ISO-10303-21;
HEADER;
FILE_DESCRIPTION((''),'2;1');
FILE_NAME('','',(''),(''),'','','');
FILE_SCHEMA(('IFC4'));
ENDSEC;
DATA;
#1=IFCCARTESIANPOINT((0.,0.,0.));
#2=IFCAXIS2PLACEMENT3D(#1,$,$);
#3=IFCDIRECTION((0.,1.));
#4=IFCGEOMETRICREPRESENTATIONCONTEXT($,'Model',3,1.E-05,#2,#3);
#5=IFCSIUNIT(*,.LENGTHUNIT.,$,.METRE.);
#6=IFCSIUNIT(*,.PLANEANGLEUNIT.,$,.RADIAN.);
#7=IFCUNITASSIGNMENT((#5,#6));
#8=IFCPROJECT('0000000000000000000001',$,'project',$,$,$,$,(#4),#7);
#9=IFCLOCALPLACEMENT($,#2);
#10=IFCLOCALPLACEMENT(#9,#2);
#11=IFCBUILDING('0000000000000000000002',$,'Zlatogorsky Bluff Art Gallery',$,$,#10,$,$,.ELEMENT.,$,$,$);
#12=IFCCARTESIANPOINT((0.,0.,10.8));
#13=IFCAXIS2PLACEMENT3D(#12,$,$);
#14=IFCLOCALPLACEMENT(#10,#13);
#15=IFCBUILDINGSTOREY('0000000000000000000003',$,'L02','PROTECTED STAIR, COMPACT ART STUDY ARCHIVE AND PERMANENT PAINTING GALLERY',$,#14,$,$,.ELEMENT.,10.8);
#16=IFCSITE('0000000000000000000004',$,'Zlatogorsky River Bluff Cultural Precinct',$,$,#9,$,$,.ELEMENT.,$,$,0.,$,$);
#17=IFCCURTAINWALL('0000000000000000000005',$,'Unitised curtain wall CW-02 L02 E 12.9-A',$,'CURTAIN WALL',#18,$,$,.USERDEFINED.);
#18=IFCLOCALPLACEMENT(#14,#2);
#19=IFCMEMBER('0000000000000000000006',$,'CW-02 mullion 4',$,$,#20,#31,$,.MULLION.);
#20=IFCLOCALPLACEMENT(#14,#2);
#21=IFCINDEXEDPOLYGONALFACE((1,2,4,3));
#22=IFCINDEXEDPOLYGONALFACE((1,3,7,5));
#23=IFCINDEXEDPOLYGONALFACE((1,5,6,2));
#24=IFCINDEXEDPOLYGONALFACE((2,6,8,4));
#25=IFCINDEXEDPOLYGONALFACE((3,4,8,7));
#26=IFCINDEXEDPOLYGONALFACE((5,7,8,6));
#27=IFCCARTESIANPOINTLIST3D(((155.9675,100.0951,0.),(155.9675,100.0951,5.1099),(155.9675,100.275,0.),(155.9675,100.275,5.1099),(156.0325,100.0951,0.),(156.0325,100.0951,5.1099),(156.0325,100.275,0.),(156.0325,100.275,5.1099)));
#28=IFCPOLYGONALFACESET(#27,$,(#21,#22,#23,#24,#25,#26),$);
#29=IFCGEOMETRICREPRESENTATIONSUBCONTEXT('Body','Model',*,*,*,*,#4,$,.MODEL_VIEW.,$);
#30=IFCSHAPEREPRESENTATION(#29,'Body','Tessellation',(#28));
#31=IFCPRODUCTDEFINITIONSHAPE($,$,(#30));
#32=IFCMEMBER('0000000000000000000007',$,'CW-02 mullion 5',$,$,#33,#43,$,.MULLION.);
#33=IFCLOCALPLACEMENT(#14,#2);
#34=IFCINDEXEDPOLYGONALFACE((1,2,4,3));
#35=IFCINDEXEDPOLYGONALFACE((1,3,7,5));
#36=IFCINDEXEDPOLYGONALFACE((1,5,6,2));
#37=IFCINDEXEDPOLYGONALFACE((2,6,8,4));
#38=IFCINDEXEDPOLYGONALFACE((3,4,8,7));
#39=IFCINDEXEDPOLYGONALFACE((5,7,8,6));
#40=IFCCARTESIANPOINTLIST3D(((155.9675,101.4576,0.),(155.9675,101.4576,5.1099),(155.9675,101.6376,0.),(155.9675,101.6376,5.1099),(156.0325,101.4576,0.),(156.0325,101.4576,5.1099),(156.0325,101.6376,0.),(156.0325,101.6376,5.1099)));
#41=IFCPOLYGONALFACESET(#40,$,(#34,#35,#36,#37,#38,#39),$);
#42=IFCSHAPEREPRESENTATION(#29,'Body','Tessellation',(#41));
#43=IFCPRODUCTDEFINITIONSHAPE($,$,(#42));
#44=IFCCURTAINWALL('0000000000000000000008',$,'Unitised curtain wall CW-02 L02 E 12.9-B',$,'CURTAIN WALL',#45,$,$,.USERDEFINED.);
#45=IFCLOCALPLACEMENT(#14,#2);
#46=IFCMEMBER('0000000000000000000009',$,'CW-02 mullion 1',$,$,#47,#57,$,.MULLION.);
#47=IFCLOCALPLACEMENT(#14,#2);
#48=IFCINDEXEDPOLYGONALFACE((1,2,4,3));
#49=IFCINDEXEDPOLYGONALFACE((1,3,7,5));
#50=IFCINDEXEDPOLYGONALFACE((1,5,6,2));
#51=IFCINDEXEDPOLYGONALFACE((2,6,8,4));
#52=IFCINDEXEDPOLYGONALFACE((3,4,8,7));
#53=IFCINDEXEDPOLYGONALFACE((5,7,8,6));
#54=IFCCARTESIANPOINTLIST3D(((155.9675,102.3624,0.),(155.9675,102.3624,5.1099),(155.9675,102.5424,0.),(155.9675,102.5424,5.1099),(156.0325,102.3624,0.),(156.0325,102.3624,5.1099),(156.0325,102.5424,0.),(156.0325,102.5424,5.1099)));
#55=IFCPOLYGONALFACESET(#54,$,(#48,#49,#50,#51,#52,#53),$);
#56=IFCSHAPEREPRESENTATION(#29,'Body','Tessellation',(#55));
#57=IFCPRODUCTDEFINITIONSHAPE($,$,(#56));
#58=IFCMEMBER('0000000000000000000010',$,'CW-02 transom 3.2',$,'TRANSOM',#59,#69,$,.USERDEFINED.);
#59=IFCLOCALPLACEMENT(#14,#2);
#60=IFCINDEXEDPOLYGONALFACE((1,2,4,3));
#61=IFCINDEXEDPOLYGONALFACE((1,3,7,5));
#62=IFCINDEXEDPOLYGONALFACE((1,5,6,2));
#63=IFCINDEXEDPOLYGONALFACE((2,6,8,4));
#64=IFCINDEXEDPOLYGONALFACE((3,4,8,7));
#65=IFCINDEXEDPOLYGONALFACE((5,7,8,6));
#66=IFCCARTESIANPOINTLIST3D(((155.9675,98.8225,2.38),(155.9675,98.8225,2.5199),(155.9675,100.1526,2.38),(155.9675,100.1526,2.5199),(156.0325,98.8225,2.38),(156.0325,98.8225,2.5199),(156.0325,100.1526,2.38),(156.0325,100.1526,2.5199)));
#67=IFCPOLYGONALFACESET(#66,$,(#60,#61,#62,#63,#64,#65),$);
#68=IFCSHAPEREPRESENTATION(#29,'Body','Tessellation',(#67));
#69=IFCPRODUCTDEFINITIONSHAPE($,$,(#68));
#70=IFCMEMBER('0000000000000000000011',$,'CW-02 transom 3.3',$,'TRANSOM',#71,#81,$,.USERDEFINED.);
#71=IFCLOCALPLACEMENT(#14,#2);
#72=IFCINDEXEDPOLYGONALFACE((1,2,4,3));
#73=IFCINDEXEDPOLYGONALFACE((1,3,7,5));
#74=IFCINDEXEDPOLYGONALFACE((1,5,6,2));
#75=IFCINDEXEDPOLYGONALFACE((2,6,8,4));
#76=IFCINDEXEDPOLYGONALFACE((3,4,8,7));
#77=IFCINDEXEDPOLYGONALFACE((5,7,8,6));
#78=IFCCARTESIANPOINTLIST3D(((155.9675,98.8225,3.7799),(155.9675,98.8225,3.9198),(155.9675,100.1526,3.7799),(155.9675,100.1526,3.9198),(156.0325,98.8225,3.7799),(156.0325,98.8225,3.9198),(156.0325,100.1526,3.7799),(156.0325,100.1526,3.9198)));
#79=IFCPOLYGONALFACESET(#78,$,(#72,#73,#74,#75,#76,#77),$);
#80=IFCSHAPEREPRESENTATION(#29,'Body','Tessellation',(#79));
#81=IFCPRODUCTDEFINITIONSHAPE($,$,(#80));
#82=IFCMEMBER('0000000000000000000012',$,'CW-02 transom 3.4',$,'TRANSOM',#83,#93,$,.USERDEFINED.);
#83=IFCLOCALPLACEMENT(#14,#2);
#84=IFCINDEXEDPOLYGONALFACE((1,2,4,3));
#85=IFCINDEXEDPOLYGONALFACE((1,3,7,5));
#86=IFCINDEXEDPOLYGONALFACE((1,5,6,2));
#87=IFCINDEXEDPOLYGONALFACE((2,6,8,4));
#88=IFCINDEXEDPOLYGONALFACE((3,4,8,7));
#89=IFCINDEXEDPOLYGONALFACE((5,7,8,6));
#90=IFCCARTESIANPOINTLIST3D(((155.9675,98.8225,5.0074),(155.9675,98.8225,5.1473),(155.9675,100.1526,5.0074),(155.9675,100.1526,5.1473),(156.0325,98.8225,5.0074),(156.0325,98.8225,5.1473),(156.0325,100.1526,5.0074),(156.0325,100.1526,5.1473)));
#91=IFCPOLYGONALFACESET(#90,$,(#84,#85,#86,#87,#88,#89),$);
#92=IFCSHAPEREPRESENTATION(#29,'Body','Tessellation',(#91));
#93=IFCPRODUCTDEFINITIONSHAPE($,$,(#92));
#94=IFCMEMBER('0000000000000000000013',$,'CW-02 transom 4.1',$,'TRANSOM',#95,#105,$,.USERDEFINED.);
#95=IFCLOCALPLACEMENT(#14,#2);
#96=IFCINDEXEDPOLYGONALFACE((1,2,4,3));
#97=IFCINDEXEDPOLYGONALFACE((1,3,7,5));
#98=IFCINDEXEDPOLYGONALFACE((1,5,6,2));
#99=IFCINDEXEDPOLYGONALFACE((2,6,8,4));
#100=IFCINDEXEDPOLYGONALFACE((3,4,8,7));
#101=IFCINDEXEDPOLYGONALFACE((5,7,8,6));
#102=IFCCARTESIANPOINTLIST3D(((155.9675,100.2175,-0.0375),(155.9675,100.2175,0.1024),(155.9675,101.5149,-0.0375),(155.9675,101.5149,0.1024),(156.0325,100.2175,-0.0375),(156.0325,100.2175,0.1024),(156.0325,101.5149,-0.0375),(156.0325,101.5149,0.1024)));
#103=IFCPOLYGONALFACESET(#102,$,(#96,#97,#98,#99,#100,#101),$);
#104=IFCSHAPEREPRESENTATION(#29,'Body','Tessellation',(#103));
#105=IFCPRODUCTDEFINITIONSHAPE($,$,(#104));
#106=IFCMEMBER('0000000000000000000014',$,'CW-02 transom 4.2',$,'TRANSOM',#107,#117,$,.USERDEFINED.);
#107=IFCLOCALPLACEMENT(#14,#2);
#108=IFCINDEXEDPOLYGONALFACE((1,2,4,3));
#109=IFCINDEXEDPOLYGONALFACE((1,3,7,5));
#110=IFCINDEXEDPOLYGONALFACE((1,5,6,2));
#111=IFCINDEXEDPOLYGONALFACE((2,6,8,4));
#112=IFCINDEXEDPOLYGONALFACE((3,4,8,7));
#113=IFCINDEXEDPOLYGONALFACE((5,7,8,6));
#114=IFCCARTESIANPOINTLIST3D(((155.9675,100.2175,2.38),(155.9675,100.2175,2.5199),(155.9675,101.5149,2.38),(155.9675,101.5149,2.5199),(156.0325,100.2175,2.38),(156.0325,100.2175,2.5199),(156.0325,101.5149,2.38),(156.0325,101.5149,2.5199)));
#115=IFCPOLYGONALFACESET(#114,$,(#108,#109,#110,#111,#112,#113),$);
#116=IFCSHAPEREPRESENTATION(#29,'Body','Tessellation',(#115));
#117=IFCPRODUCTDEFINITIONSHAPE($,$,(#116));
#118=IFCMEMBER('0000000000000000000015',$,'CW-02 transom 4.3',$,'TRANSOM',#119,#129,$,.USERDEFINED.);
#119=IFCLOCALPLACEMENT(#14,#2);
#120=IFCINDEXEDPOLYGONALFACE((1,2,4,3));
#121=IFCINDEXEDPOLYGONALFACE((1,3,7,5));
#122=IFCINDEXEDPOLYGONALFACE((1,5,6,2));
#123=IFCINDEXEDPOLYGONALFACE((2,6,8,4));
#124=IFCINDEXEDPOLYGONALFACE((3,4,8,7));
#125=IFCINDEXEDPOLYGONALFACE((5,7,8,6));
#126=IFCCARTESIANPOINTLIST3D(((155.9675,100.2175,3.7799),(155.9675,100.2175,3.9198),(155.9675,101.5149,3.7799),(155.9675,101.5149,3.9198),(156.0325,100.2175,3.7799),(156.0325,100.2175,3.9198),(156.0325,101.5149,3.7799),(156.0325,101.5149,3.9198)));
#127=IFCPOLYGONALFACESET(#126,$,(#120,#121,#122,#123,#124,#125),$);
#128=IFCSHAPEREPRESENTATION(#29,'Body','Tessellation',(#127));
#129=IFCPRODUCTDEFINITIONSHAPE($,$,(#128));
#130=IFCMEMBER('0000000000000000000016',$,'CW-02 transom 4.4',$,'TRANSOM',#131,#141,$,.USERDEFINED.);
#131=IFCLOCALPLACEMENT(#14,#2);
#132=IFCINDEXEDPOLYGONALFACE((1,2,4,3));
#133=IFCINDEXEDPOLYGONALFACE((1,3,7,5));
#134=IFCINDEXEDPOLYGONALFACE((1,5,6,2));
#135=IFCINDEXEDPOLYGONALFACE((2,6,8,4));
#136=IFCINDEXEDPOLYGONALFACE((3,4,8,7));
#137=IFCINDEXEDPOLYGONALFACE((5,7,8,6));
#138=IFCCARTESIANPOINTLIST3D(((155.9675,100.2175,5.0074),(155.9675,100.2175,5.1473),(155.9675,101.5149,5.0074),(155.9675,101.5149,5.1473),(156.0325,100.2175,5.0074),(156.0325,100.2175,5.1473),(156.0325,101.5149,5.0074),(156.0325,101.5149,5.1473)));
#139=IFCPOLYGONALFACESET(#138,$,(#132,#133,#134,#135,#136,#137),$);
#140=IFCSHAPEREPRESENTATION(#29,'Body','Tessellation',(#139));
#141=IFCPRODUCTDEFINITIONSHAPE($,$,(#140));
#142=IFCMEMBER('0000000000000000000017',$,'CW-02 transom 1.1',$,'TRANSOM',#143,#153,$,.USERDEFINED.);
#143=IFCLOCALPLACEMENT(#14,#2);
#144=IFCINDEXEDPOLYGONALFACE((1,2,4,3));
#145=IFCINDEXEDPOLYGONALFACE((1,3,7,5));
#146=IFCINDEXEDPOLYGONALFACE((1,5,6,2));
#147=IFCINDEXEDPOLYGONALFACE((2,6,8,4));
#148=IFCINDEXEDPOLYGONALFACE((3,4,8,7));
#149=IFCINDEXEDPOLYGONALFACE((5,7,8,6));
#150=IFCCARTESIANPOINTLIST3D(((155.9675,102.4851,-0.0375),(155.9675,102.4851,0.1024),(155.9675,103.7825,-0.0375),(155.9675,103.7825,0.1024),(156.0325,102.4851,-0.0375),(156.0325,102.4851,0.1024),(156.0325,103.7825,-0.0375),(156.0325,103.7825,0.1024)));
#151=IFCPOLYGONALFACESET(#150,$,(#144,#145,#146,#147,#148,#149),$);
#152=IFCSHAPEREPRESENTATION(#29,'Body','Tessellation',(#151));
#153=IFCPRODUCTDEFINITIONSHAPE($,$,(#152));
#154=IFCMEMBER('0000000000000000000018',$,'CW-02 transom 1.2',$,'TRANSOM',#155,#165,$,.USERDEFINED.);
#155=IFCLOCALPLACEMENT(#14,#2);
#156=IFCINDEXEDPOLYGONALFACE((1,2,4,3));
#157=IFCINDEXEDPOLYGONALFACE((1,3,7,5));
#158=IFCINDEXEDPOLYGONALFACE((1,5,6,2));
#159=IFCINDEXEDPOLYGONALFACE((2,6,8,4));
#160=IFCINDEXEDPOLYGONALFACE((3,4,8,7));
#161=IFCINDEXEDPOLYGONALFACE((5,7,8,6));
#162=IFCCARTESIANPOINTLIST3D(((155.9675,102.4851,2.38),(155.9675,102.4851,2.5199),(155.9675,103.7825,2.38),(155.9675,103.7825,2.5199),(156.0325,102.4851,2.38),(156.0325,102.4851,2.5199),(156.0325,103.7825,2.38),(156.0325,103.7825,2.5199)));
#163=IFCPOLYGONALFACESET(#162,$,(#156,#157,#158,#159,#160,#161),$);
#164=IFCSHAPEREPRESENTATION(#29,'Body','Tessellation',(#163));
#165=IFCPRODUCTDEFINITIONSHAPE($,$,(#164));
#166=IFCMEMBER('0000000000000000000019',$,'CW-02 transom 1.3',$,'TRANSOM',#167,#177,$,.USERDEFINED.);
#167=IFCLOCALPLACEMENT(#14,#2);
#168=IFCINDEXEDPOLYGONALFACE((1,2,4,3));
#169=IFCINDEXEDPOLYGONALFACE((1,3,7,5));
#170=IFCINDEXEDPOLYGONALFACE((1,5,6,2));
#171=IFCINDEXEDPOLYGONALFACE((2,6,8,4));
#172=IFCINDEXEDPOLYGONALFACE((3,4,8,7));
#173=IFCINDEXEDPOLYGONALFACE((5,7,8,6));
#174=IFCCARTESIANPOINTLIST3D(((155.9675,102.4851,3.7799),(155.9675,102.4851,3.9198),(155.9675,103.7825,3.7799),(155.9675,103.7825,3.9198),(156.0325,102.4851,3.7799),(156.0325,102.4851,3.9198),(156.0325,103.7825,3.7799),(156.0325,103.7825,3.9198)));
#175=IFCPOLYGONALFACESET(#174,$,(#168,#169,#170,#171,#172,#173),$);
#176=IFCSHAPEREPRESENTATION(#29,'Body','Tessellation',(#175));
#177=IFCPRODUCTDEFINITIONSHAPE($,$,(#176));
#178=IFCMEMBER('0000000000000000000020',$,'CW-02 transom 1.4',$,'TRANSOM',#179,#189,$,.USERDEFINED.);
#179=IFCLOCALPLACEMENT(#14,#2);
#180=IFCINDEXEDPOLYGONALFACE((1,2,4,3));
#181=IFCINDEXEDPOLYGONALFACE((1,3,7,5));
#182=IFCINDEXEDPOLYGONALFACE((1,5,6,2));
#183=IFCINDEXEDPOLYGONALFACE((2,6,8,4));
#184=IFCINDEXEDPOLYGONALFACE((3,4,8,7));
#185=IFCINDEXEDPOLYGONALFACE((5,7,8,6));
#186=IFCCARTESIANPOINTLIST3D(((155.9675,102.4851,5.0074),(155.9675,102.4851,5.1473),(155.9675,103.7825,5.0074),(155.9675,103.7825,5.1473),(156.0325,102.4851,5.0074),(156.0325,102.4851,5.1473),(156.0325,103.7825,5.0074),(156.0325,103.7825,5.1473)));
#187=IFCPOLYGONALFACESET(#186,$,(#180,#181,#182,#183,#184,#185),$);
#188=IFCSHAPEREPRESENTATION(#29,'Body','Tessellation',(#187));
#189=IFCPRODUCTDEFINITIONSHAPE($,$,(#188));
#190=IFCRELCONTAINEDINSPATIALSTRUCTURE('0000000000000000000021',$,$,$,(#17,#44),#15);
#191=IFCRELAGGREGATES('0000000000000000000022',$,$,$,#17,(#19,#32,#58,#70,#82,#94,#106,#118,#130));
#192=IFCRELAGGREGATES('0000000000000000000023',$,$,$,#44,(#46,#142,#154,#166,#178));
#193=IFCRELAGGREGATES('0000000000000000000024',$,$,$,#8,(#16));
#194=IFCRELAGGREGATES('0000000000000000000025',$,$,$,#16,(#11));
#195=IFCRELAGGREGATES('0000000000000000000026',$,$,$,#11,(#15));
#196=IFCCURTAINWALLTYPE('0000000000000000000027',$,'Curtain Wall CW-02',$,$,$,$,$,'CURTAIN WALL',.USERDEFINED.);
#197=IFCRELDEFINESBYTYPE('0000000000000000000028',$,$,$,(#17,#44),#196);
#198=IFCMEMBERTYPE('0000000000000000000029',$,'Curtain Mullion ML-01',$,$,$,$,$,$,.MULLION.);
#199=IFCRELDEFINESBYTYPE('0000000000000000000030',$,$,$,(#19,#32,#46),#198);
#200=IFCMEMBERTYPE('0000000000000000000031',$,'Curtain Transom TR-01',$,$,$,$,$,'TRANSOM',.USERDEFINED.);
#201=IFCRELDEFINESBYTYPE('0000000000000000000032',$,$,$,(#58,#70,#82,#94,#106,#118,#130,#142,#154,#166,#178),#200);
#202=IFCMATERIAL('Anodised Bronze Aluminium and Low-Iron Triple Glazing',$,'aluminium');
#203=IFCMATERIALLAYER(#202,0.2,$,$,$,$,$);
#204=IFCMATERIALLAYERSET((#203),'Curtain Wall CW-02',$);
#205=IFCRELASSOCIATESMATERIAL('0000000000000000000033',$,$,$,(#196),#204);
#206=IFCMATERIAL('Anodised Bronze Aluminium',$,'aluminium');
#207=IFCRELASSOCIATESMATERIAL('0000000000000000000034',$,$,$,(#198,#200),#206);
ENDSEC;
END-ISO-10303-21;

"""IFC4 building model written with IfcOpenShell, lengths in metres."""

from ifc_helpers import new_model, si_unit, direction, frame, origin, origin_2d, place, context, subcontext, project, spatial, rectangle, extrude, material, layer, layer_set, material_profile, profile_set, type_object, element, aggregate, save


model = new_model("IFC4")

# Units and contexts
model_context = context("Model", 3, precision=1e-05, world=origin(), true_north=direction((0.0, 1.0)))
body_context = subcontext(model_context, "Body", "Model", "MODEL_VIEW")
ifc_project = project(units=[si_unit("LENGTHUNIT", "METRE"), si_unit("PLANEANGLEUNIT", "RADIAN")], contexts=[model_context])

# Site, building, storey
site_placement = place(None, origin())
site = spatial("IfcSite", under=ifc_project, at=site_placement, Name="Zlatogorsky River Bluff Cultural Precinct", CompositionType="ELEMENT", RefElevation=0.0)
building_placement = place(site_placement, origin())
building = spatial("IfcBuilding", under=site, at=building_placement, Name="Zlatogorsky Bluff Art Gallery", CompositionType="ELEMENT")
storey_placement = place(building_placement, frame((0.0, 0.0, 10.8)))
storey = spatial("IfcBuildingStorey", under=building, at=storey_placement, Name="L02", Description="PROTECTED STAIR, COMPACT ART STUDY ARCHIVE AND PERMANENT PAINTING GALLERY", CompositionType="ELEMENT", Elevation=10.8)

# Curtain wall, members
ifc_material_1 = material(Name="Anodised Bronze Aluminium and Low-Iron Triple Glazing", Category="aluminium")
ifc_layer_1 = layer(ifc_material_1, 0.2)
ifc_layer_set_1 = layer_set([ifc_layer_1], Name="Curtain Wall CW-02")
curtain_wall_type = type_object("IfcCurtainWallType", Name="Curtain Wall CW-02", ElementType="CURTAIN WALL", PredefinedType="USERDEFINED", material=ifc_layer_set_1)
curtain_wall_1_placement = place(storey_placement, origin())
curtain_wall_1 = element("IfcCurtainWall", 1, at=curtain_wall_1_placement, inside=storey, type_object=curtain_wall_type, Name="Unitised curtain wall CW-02 L02 E 12.9-A", ObjectType="CURTAIN WALL", PredefinedType="USERDEFINED")
ifc_material_2 = material(Name="Anodised Bronze Aluminium", Category="aluminium")
ifc_material_profile_1 = material_profile(ifc_material_2, rectangle(XDim=0.0649, YDim=0.1799, at=origin_2d()), Name="ALU MULLION 65x180")
ifc_profile_set_1 = profile_set([ifc_material_profile_1], Name="Anodised Bronze Aluminium")
member_type_1 = type_object("IfcMemberType", Name="Curtain Mullion ML-01", PredefinedType="MULLION", material=ifc_profile_set_1)
member_1_placement = place(storey_placement, frame((156.0, 100.1851, 0.0), z_axis=(0.0, 0.0, 1.0), x_axis=(-1.0, 0.0, 0.0)))
member_1 = element("IfcMember", 2, at=member_1_placement, type_object=member_type_1, Name="CW-02 mullion 4", PredefinedType="MULLION", context=body_context, shape_type="SweptSolid", body=[
    extrude(rectangle(XDim=0.0649, YDim=0.1799, at=origin_2d()), origin(), (0.0, 0.0, 1.0), 5.1099),
])
member_2_placement = place(storey_placement, frame((156.0, 101.5476, 0.0), z_axis=(0.0, 0.0, 1.0), x_axis=(-1.0, 0.0, 0.0)))
member_2 = element("IfcMember", 3, at=member_2_placement, type_object=member_type_1, Name="CW-02 mullion 5", PredefinedType="MULLION", context=body_context, shape_type="SweptSolid", body=[
    extrude(rectangle(XDim=0.0649, YDim=0.1799, at=origin_2d()), origin(), (0.0, 0.0, 1.0), 5.1099),
])

# Curtain wall, member
curtain_wall_2_placement = place(storey_placement, origin())
curtain_wall_2 = element("IfcCurtainWall", 4, at=curtain_wall_2_placement, inside=storey, type_object=curtain_wall_type, Name="Unitised curtain wall CW-02 L02 E 12.9-B", ObjectType="CURTAIN WALL", PredefinedType="USERDEFINED")
member_3_placement = place(storey_placement, frame((156.0, 102.4524, 0.0), z_axis=(0.0, 0.0, 1.0), x_axis=(-1.0, 0.0, 0.0)))
member_3 = element("IfcMember", 5, at=member_3_placement, type_object=member_type_1, Name="CW-02 mullion 1", PredefinedType="MULLION", context=body_context, shape_type="SweptSolid", body=[
    extrude(rectangle(XDim=0.0649, YDim=0.1799, at=origin_2d()), origin(), (0.0, 0.0, 1.0), 5.1099),
])

# Members
ifc_material_profile_2 = material_profile(ifc_material_2, rectangle(XDim=0.0649, YDim=0.1399, at=origin_2d()), Name="ALU TRANSOM 65x140")
ifc_profile_set_2 = profile_set([ifc_material_profile_2], Name="Anodised Bronze Aluminium")
member_type_2 = type_object("IfcMemberType", Name="Curtain Transom TR-01", ElementType="TRANSOM", PredefinedType="USERDEFINED", material=ifc_profile_set_2)
member_4_placement = place(storey_placement, frame((156.0, 98.8225, 2.45), z_axis=(0.0, 1.0, 0.0), x_axis=(-1.0, 0.0, 0.0)))
member_4 = element("IfcMember", 6, at=member_4_placement, type_object=member_type_2, Name="CW-02 transom 3.2", ObjectType="TRANSOM", PredefinedType="USERDEFINED", context=body_context, shape_type="SweptSolid", body=[
    extrude(rectangle(XDim=0.0649, YDim=0.1399, at=origin_2d()), origin(), (0.0, 0.0, 1.0), 1.3301),
])
member_5_placement = place(storey_placement, frame((156.0, 98.8225, 3.8499), z_axis=(0.0, 1.0, 0.0), x_axis=(-1.0, 0.0, 0.0)))
member_5 = element("IfcMember", 7, at=member_5_placement, type_object=member_type_2, Name="CW-02 transom 3.3", ObjectType="TRANSOM", PredefinedType="USERDEFINED", context=body_context, shape_type="SweptSolid", body=[
    extrude(rectangle(XDim=0.0649, YDim=0.1399, at=origin_2d()), origin(), (0.0, 0.0, 1.0), 1.3301),
])
member_6_placement = place(storey_placement, frame((156.0, 98.8225, 5.0774), z_axis=(0.0, 1.0, 0.0), x_axis=(-1.0, 0.0, 0.0)))
member_6 = element("IfcMember", 8, at=member_6_placement, type_object=member_type_2, Name="CW-02 transom 3.4", ObjectType="TRANSOM", PredefinedType="USERDEFINED", context=body_context, shape_type="SweptSolid", body=[
    extrude(rectangle(XDim=0.0649, YDim=0.1399, at=origin_2d()), origin(), (0.0, 0.0, 1.0), 1.3301),
])
member_7_placement = place(storey_placement, frame((156.0, 100.2175, 0.0325), z_axis=(0.0, 1.0, 0.0), x_axis=(-1.0, 0.0, 0.0)))
member_7 = element("IfcMember", 9, at=member_7_placement, type_object=member_type_2, Name="CW-02 transom 4.1", ObjectType="TRANSOM", PredefinedType="USERDEFINED", context=body_context, shape_type="SweptSolid", body=[
    extrude(rectangle(XDim=0.0649, YDim=0.1399, at=origin_2d()), origin(), (0.0, 0.0, 1.0), 1.2974),
])
member_8_placement = place(storey_placement, frame((156.0, 100.2175, 2.45), z_axis=(0.0, 1.0, 0.0), x_axis=(-1.0, 0.0, 0.0)))
member_8 = element("IfcMember", 10, at=member_8_placement, type_object=member_type_2, Name="CW-02 transom 4.2", ObjectType="TRANSOM", PredefinedType="USERDEFINED", context=body_context, shape_type="SweptSolid", body=[
    extrude(rectangle(XDim=0.0649, YDim=0.1399, at=origin_2d()), origin(), (0.0, 0.0, 1.0), 1.2974),
])
member_9_placement = place(storey_placement, frame((156.0, 100.2175, 3.8499), z_axis=(0.0, 1.0, 0.0), x_axis=(-1.0, 0.0, 0.0)))
member_9 = element("IfcMember", 11, at=member_9_placement, type_object=member_type_2, Name="CW-02 transom 4.3", ObjectType="TRANSOM", PredefinedType="USERDEFINED", context=body_context, shape_type="SweptSolid", body=[
    extrude(rectangle(XDim=0.0649, YDim=0.1399, at=origin_2d()), origin(), (0.0, 0.0, 1.0), 1.2974),
])
member_10_placement = place(storey_placement, frame((156.0, 100.2175, 5.0774), z_axis=(0.0, 1.0, 0.0), x_axis=(-1.0, 0.0, 0.0)))
member_10 = element("IfcMember", 12, at=member_10_placement, type_object=member_type_2, Name="CW-02 transom 4.4", ObjectType="TRANSOM", PredefinedType="USERDEFINED", context=body_context, shape_type="SweptSolid", body=[
    extrude(rectangle(XDim=0.0649, YDim=0.1399, at=origin_2d()), origin(), (0.0, 0.0, 1.0), 1.2974),
])
member_11_placement = place(storey_placement, frame((156.0, 102.4851, 0.0325), z_axis=(0.0, 1.0, 0.0), x_axis=(-1.0, 0.0, 0.0)))
member_11 = element("IfcMember", 13, at=member_11_placement, type_object=member_type_2, Name="CW-02 transom 1.1", ObjectType="TRANSOM", PredefinedType="USERDEFINED", context=body_context, shape_type="SweptSolid", body=[
    extrude(rectangle(XDim=0.0649, YDim=0.1399, at=origin_2d()), origin(), (0.0, 0.0, 1.0), 1.2974),
])
member_12_placement = place(storey_placement, frame((156.0, 102.4851, 2.45), z_axis=(0.0, 1.0, 0.0), x_axis=(-1.0, 0.0, 0.0)))
member_12 = element("IfcMember", 14, at=member_12_placement, type_object=member_type_2, Name="CW-02 transom 1.2", ObjectType="TRANSOM", PredefinedType="USERDEFINED", context=body_context, shape_type="SweptSolid", body=[
    extrude(rectangle(XDim=0.0649, YDim=0.1399, at=origin_2d()), origin(), (0.0, 0.0, 1.0), 1.2974),
])
member_13_placement = place(storey_placement, frame((156.0, 102.4851, 3.8499), z_axis=(0.0, 1.0, 0.0), x_axis=(-1.0, 0.0, 0.0)))
member_13 = element("IfcMember", 15, at=member_13_placement, type_object=member_type_2, Name="CW-02 transom 1.3", ObjectType="TRANSOM", PredefinedType="USERDEFINED", context=body_context, shape_type="SweptSolid", body=[
    extrude(rectangle(XDim=0.0649, YDim=0.1399, at=origin_2d()), origin(), (0.0, 0.0, 1.0), 1.2974),
])
member_14_placement = place(storey_placement, frame((156.0, 102.4851, 5.0774), z_axis=(0.0, 1.0, 0.0), x_axis=(-1.0, 0.0, 0.0)))
member_14 = element("IfcMember", 16, at=member_14_placement, type_object=member_type_2, Name="CW-02 transom 1.4", ObjectType="TRANSOM", PredefinedType="USERDEFINED", context=body_context, shape_type="SweptSolid", body=[
    extrude(rectangle(XDim=0.0649, YDim=0.1399, at=origin_2d()), origin(), (0.0, 0.0, 1.0), 1.2974),
])

aggregate(curtain_wall_1, [member_1, member_2, member_4, member_5, member_6, member_7, member_8, member_9, member_10])
aggregate(curtain_wall_2, [member_3, member_11, member_12, member_13, member_14])

save(model, "model.ifc")
